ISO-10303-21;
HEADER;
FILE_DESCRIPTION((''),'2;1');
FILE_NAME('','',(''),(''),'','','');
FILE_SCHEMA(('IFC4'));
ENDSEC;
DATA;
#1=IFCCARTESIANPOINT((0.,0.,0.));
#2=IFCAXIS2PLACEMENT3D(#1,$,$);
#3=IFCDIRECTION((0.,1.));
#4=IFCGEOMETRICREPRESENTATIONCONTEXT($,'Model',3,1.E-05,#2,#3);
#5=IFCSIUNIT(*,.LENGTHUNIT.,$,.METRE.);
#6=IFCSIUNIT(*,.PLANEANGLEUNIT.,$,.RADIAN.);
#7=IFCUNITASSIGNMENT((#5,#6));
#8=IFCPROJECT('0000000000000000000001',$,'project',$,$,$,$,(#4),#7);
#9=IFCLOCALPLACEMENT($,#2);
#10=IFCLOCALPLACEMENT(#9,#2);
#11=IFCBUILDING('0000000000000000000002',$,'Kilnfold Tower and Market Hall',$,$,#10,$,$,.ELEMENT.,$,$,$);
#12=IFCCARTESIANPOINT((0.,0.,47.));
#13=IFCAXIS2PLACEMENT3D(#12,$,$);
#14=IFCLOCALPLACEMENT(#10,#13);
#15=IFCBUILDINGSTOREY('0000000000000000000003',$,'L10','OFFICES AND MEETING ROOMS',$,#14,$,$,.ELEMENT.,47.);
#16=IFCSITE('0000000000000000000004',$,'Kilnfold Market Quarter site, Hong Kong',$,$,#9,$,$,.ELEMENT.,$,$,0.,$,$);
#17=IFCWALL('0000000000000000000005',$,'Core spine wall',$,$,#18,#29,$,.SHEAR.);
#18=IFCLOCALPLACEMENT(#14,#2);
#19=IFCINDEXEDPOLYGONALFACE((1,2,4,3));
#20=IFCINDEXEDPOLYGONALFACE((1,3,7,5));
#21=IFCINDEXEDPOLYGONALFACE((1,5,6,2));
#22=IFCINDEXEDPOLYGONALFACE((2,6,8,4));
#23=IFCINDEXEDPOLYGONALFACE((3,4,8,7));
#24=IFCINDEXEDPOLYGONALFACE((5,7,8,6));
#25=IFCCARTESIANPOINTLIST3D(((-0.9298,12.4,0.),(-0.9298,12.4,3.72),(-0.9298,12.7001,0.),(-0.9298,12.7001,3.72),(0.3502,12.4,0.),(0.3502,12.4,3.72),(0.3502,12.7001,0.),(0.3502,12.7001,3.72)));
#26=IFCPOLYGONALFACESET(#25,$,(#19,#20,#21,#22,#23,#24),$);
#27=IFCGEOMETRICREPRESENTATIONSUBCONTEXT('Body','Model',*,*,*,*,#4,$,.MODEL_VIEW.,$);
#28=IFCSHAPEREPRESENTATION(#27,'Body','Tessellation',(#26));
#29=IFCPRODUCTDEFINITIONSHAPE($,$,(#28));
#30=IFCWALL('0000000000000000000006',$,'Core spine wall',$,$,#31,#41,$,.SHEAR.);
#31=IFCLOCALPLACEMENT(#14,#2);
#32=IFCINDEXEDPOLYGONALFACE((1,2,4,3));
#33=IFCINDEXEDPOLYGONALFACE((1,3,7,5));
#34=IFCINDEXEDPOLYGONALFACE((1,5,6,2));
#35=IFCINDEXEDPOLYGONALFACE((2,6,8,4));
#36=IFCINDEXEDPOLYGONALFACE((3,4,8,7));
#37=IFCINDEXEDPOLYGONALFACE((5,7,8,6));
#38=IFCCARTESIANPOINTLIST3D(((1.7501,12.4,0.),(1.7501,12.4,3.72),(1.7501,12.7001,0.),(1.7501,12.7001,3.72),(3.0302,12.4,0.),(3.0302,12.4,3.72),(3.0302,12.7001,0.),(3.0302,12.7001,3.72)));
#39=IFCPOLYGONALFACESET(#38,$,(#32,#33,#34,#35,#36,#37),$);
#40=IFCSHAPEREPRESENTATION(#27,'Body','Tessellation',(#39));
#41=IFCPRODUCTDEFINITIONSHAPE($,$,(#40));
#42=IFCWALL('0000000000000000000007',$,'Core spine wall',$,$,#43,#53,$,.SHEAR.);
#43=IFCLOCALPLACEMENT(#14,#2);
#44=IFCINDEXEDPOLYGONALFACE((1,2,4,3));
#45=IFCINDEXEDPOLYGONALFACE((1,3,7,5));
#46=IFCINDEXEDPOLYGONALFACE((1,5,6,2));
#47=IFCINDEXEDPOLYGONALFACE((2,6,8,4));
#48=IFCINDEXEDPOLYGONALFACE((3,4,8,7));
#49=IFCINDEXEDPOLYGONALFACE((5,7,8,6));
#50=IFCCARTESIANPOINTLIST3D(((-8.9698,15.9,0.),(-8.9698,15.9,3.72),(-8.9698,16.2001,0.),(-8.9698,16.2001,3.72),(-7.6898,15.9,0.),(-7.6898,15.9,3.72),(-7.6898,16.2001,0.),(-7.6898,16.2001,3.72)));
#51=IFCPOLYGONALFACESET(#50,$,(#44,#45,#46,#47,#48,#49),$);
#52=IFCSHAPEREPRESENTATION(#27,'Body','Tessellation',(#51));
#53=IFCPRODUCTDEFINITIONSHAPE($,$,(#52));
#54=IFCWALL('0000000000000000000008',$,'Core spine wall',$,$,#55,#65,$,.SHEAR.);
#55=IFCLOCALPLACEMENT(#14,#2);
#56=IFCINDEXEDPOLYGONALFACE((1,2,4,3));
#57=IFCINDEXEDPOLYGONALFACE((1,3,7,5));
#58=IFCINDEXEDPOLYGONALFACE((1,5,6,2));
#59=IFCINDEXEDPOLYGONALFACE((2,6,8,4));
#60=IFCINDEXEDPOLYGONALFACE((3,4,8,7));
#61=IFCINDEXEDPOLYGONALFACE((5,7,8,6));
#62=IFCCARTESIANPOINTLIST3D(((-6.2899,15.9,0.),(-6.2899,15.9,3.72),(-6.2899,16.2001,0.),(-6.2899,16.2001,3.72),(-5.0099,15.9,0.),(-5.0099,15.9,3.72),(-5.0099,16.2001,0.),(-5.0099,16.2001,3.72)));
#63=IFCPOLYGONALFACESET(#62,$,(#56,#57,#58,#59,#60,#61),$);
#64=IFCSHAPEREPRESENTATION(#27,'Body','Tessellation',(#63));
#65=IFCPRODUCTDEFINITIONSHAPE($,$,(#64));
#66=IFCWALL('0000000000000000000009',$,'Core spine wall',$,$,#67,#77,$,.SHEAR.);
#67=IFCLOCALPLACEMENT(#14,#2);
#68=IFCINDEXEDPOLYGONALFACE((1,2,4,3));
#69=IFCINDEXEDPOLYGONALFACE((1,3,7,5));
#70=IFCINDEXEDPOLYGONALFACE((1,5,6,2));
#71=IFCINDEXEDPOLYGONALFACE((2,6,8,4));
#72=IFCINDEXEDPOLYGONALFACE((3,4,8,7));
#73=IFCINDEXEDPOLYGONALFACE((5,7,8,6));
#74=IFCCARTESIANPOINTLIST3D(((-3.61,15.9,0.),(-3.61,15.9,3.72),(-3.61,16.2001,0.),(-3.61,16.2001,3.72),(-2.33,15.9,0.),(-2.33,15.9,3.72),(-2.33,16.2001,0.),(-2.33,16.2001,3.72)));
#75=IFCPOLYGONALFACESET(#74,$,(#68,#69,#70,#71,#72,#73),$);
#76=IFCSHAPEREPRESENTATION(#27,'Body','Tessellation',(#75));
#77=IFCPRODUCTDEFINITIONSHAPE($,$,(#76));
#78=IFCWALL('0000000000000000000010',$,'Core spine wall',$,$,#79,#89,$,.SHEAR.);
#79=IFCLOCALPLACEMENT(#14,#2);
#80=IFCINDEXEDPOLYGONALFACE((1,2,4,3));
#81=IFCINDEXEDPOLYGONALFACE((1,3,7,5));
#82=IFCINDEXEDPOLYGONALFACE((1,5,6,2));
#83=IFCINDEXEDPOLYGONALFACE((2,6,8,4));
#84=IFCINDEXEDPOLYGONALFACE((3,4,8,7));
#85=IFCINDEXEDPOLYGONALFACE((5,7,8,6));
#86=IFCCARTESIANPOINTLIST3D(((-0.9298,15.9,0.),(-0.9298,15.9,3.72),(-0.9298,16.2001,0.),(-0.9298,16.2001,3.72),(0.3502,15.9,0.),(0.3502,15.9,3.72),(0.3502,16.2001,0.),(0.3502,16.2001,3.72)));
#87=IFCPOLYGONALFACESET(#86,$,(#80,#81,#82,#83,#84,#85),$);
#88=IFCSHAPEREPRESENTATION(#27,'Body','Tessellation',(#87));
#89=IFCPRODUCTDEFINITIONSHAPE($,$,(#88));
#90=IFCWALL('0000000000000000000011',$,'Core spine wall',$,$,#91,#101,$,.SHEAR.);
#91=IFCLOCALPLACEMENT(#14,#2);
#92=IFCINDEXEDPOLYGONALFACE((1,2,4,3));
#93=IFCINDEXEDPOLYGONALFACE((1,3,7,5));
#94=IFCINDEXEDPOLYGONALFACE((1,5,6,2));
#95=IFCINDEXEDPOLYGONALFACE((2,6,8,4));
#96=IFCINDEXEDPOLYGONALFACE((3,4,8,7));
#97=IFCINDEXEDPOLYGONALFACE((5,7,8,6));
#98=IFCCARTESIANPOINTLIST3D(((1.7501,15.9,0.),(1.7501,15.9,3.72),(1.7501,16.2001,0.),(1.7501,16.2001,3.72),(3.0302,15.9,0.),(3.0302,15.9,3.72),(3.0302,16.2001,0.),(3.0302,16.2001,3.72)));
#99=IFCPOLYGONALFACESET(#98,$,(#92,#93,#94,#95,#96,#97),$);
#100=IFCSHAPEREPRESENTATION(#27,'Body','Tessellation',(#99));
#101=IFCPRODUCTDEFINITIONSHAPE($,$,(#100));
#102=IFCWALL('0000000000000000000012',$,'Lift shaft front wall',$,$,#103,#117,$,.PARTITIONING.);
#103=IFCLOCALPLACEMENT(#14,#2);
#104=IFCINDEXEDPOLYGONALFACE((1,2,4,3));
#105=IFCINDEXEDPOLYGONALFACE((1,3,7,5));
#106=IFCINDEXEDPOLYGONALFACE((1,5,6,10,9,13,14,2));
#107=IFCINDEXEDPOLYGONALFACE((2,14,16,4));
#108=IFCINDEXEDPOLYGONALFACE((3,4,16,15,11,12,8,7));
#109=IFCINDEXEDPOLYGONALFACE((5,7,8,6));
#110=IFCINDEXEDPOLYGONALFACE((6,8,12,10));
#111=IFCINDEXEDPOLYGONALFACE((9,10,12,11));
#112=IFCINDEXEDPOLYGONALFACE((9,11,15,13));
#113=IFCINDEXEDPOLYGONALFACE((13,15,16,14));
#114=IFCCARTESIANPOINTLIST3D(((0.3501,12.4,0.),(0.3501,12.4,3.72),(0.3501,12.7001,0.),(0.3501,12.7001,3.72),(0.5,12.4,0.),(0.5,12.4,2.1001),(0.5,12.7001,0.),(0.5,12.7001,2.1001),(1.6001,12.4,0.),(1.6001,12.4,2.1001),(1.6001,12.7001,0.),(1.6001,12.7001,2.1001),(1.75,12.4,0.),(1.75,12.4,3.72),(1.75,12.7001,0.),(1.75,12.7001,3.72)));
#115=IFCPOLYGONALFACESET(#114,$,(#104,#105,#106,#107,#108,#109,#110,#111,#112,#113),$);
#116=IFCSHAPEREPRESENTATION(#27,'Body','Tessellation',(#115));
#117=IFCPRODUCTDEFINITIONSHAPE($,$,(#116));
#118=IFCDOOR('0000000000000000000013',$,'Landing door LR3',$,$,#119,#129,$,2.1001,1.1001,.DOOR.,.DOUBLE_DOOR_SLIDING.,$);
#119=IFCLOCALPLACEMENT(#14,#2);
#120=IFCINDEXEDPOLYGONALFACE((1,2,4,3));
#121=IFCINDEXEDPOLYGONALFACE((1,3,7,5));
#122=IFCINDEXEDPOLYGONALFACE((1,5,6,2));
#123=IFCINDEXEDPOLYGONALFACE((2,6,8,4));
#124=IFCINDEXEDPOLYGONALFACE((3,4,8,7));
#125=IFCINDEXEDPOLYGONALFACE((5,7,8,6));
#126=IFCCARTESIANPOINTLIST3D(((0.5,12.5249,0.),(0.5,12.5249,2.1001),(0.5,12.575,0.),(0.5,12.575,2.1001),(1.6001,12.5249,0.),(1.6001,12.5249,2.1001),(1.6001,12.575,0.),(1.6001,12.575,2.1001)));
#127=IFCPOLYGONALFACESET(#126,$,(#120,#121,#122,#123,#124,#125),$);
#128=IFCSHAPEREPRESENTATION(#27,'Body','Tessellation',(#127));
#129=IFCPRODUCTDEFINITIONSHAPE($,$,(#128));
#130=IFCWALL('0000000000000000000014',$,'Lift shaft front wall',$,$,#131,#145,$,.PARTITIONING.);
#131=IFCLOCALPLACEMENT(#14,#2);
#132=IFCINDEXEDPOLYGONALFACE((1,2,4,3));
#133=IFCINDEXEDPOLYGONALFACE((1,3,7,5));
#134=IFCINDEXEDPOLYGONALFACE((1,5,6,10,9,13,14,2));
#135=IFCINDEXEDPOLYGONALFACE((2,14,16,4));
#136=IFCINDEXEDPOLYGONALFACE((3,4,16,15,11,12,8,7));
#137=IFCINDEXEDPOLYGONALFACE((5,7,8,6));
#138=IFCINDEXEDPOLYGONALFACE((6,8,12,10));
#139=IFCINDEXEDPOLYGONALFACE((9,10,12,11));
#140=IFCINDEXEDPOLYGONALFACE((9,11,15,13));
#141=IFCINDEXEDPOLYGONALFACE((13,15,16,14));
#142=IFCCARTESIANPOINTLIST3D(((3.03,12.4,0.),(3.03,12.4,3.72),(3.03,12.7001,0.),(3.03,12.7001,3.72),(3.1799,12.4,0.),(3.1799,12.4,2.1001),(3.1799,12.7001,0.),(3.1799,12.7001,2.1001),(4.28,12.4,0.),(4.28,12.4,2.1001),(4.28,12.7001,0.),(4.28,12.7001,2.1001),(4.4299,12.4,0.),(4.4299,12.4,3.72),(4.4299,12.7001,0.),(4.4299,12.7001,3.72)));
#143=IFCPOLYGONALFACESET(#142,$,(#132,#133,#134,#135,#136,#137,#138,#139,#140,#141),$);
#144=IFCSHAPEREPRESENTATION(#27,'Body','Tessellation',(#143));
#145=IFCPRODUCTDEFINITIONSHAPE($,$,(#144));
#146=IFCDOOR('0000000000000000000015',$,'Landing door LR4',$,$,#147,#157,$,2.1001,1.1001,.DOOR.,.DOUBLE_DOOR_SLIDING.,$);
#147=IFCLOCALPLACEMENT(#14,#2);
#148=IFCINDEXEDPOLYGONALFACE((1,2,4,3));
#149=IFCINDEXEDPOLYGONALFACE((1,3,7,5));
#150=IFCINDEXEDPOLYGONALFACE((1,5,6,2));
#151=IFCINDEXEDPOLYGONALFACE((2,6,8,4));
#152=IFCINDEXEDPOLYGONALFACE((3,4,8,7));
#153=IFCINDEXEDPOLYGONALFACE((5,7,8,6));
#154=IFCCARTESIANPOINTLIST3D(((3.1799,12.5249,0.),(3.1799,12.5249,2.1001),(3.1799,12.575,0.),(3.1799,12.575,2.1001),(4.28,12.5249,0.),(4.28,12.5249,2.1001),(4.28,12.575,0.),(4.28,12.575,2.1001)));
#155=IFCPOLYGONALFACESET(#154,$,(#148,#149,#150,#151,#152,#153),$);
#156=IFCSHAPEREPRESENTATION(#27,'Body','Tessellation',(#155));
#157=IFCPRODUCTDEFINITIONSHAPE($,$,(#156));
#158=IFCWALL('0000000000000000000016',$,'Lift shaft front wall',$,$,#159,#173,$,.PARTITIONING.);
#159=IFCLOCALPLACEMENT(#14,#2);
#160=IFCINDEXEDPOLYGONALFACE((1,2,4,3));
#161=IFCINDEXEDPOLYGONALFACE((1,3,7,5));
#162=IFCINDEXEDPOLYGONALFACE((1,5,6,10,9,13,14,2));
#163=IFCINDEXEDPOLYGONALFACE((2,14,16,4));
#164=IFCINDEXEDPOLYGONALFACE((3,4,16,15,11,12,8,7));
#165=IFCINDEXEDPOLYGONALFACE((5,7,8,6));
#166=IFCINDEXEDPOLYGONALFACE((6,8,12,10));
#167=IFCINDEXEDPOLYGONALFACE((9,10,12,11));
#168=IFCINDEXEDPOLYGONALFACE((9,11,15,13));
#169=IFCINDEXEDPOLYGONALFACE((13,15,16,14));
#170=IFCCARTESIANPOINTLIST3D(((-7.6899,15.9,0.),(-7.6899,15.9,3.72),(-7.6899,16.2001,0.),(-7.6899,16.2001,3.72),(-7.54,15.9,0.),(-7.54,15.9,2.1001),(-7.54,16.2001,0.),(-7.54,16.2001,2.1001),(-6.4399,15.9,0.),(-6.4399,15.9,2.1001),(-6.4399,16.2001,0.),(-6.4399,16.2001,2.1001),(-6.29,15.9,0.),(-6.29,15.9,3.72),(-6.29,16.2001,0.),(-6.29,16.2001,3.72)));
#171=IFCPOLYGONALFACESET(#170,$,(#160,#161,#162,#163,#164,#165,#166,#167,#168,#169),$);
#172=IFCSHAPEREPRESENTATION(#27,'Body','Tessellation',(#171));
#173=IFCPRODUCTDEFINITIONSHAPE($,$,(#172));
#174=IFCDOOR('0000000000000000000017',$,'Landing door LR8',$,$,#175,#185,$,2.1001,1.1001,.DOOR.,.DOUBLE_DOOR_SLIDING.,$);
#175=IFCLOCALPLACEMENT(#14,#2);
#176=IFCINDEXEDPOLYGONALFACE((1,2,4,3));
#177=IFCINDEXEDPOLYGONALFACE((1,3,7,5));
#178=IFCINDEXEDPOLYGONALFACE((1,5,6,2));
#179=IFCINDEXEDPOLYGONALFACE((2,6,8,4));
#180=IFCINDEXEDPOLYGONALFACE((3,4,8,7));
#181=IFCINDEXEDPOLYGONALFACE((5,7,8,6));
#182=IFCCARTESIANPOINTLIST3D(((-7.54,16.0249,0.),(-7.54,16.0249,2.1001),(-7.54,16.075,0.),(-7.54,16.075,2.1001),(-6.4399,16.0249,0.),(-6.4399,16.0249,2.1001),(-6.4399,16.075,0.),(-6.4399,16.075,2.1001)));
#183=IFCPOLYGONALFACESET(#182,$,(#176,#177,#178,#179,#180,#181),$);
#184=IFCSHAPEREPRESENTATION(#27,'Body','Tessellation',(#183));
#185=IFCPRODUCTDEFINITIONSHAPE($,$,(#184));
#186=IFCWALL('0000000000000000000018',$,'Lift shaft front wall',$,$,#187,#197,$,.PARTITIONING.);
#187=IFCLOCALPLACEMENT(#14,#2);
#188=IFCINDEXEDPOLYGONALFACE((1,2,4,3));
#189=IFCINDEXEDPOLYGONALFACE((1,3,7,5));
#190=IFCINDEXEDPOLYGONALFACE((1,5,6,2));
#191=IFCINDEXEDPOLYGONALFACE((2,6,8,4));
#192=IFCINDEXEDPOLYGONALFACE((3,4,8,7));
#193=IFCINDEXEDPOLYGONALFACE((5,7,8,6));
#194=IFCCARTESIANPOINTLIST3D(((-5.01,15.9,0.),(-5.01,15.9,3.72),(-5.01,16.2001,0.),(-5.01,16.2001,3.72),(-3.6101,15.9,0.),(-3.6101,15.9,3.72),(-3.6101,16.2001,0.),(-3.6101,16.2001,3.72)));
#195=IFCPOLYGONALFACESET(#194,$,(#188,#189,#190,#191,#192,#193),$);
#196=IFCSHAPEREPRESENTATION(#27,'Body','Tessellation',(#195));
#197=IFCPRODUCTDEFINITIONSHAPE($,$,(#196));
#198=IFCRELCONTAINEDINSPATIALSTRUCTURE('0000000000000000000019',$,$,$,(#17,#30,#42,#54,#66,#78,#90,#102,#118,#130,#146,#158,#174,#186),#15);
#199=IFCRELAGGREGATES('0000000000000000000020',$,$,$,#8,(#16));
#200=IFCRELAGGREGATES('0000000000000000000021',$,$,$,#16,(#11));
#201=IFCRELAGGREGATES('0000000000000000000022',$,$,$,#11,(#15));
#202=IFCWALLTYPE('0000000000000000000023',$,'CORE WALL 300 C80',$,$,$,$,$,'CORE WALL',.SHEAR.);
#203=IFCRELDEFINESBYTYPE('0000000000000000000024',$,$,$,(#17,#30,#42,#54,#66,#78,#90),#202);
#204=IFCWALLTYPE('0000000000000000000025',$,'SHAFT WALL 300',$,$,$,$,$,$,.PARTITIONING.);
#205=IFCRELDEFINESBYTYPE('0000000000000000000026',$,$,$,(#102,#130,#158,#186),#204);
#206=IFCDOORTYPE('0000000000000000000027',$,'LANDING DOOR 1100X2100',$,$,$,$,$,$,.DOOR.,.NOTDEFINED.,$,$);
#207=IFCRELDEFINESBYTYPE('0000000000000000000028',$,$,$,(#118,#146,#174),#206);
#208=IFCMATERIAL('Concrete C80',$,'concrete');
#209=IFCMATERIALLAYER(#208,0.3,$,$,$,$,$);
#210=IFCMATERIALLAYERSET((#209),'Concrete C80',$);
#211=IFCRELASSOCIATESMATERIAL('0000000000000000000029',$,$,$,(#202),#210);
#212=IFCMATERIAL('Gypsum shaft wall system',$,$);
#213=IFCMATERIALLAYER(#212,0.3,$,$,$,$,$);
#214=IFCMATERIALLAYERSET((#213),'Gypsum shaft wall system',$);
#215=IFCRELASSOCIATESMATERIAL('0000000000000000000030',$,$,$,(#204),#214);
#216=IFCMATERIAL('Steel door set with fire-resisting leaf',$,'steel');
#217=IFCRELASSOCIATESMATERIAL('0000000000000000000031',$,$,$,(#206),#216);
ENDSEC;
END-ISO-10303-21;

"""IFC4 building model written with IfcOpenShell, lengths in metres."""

from ifc_helpers import new_model, si_unit, direction, frame, frame_2d, origin, place, context, subcontext, project, spatial, rectangle, extrude, source, transform, mapped, material, layer, layer_set, type_object, element, fill, save


model = new_model("IFC4")

# Units and contexts
model_context = context("Model", 3, precision=1e-05, world=origin(), true_north=direction((0.0, 1.0)))
body_context = subcontext(model_context, "Body", "Model", "MODEL_VIEW")
ifc_project = project(units=[si_unit("LENGTHUNIT", "METRE"), si_unit("PLANEANGLEUNIT", "RADIAN")], contexts=[model_context])

# Site, building, storey
site_placement = place(None, origin())
site = spatial("IfcSite", under=ifc_project, at=site_placement, Name="Kilnfold Market Quarter site, Hong Kong", CompositionType="ELEMENT", RefElevation=0.0)
building_placement = place(site_placement, origin())
building = spatial("IfcBuilding", under=site, at=building_placement, Name="Kilnfold Tower and Market Hall", CompositionType="ELEMENT")
storey_placement = place(building_placement, frame((0.0, 0.0, 47.0)))
storey = spatial("IfcBuildingStorey", under=building, at=storey_placement, Name="L10", Description="OFFICES AND MEETING ROOMS", CompositionType="ELEMENT", Elevation=47.0)

# Walls
ifc_material_1 = material(Name="Concrete C80", Category="concrete")
ifc_layer_1 = layer(ifc_material_1, 0.3)
ifc_layer_set_1 = layer_set([ifc_layer_1], Name="Concrete C80")
wall_type_1 = type_object("IfcWallType", Name="CORE WALL 300 C80", ElementType="CORE WALL", PredefinedType="SHEAR", material=ifc_layer_set_1)
shared_shape_1 = source(origin(), body_context, "Body", "SweptSolid", [
    extrude(rectangle(XDim=1.28, YDim=0.3, at=frame_2d((0.6401, 0.0))), origin(), (0.0, 0.0, 1.0), 3.72),
])
for number, where, z_axis, x_axis, name in (
    (1, (-0.9299, 12.55, 0.0), (0.0, 0.0, 1.0), (1.0, 0.0, 0.0), "Core spine wall"),
    (2, (1.75, 12.55, 0.0), (0.0, 0.0, 1.0), (1.0, 0.0, 0.0), "Core spine wall"),
    (3, (-8.97, 16.05, 0.0), (0.0, 0.0, 1.0), (1.0, 0.0, 0.0), "Core spine wall"),
    (4, (-6.29, 16.05, 0.0), (0.0, 0.0, 1.0), (1.0, 0.0, 0.0), "Core spine wall"),
    (5, (-3.6101, 16.05, 0.0), (0.0, 0.0, 1.0), (1.0, 0.0, 0.0), "Core spine wall"),
    (6, (-0.9299, 16.05, 0.0), (0.0, 0.0, 1.0), (1.0, 0.0, 0.0), "Core spine wall"),
    (7, (1.75, 16.05, 0.0), (0.0, 0.0, 1.0), (1.0, 0.0, 0.0), "Core spine wall"),
):
    element("IfcWall", number, at=place(storey_placement, frame(where, z_axis=z_axis, x_axis=x_axis)), inside=storey, type_object=wall_type_1, Name=name, PredefinedType="SHEAR", context=body_context, shape_type="MappedRepresentation", body=[
        mapped(shared_shape_1, transform((0.0, 0.0, 0.0))),
    ])

# Walls, openings, doors
ifc_material_2 = material(Name="Gypsum shaft wall system")
ifc_layer_2 = layer(ifc_material_2, 0.3)
ifc_layer_set_2 = layer_set([ifc_layer_2], Name="Gypsum shaft wall system")
wall_type_2 = type_object("IfcWallType", Name="SHAFT WALL 300", PredefinedType="PARTITIONING", material=ifc_layer_set_2)
shared_shape_2 = source(origin(), body_context, "Body", "SweptSolid", [
    extrude(rectangle(XDim=1.3999, YDim=0.3, at=frame_2d((0.7, 0.0))), origin(), (0.0, 0.0, 1.0), 3.72),
])
wall_1_placement = place(storey_placement, frame((0.3501, 12.55, 0.0), z_axis=(0.0, 0.0, 1.0), x_axis=(1.0, 0.0, 0.0)))
wall_1 = element("IfcWall", 8, at=wall_1_placement, inside=storey, type_object=wall_type_2, Name="Lift shaft front wall", PredefinedType="PARTITIONING", context=body_context, shape_type="MappedRepresentation", body=[
    mapped(shared_shape_2, transform((0.0, 0.0, 0.0))),
])
opening_1_placement = place(wall_1_placement, frame((0.1499, 0.0, 0.0)))
opening_1 = element("IfcOpeningElement", 9, at=opening_1_placement, cuts=wall_1, PredefinedType="OPENING", context=body_context, shape_type="SweptSolid", body=[
    extrude(rectangle(XDim=1.1001, YDim=2.1001, at=frame_2d((0.55, 1.05))), frame((0.0, 0.1602, 0.0), z_axis=(0.0, -1.0, 0.0), x_axis=(1.0, 0.0, 0.0)), (0.0, 0.0, 1.0), 0.3201),
])
ifc_material_3 = material(Name="Steel door set with fire-resisting leaf", Category="steel")
door_type = type_object("IfcDoorType", Name="LANDING DOOR 1100X2100", OperationType="NOTDEFINED", PredefinedType="DOOR", material=ifc_material_3)
door_1_placement = place(opening_1_placement, origin())
door_1 = element("IfcDoor", 10, at=door_1_placement, inside=storey, type_object=door_type, Name="Landing door LR3", OperationType="DOUBLE_DOOR_SLIDING", OverallHeight=2.1001, OverallWidth=1.1001, PredefinedType="DOOR", context=body_context, shape_type="SweptSolid", body=[
    extrude(rectangle(XDim=1.1001, YDim=2.1001, at=frame_2d((0.55, 1.05))), frame((0.0, 0.0249, 0.0), z_axis=(0.0, -1.0, 0.0), x_axis=(1.0, 0.0, 0.0)), (0.0, 0.0, 1.0), 0.05),
])
fill(opening_1, door_1)
wall_2_placement = place(storey_placement, frame((3.03, 12.55, 0.0), z_axis=(0.0, 0.0, 1.0), x_axis=(1.0, 0.0, 0.0)))
wall_2 = element("IfcWall", 11, at=wall_2_placement, inside=storey, type_object=wall_type_2, Name="Lift shaft front wall", PredefinedType="PARTITIONING", context=body_context, shape_type="MappedRepresentation", body=[
    mapped(shared_shape_2, transform((0.0, 0.0, 0.0))),
])
opening_2_placement = place(wall_2_placement, frame((0.1499, 0.0, 0.0)))
opening_2 = element("IfcOpeningElement", 12, at=opening_2_placement, cuts=wall_2, PredefinedType="OPENING", context=body_context, shape_type="SweptSolid", body=[
    extrude(rectangle(XDim=1.1001, YDim=2.1001, at=frame_2d((0.55, 1.05))), frame((0.0, 0.1602, 0.0), z_axis=(0.0, -1.0, 0.0), x_axis=(1.0, 0.0, 0.0)), (0.0, 0.0, 1.0), 0.3201),
])
door_2_placement = place(opening_2_placement, origin())
door_2 = element("IfcDoor", 13, at=door_2_placement, inside=storey, type_object=door_type, Name="Landing door LR4", OperationType="DOUBLE_DOOR_SLIDING", OverallHeight=2.1001, OverallWidth=1.1001, PredefinedType="DOOR", context=body_context, shape_type="SweptSolid", body=[
    extrude(rectangle(XDim=1.1001, YDim=2.1001, at=frame_2d((0.55, 1.05))), frame((0.0, 0.0249, 0.0), z_axis=(0.0, -1.0, 0.0), x_axis=(1.0, 0.0, 0.0)), (0.0, 0.0, 1.0), 0.05),
])
fill(opening_2, door_2)
wall_3_placement = place(storey_placement, frame((-7.6899, 16.05, 0.0), z_axis=(0.0, 0.0, 1.0), x_axis=(1.0, 0.0, 0.0)))
wall_3 = element("IfcWall", 14, at=wall_3_placement, inside=storey, type_object=wall_type_2, Name="Lift shaft front wall", PredefinedType="PARTITIONING", context=body_context, shape_type="MappedRepresentation", body=[
    mapped(shared_shape_2, transform((0.0, 0.0, 0.0))),
])
opening_3_placement = place(wall_3_placement, frame((0.1499, 0.0, 0.0)))
opening_3 = element("IfcOpeningElement", 15, at=opening_3_placement, cuts=wall_3, PredefinedType="OPENING", context=body_context, shape_type="SweptSolid", body=[
    extrude(rectangle(XDim=1.1001, YDim=2.1001, at=frame_2d((0.55, 1.05))), frame((0.0, 0.1602, 0.0), z_axis=(0.0, -1.0, 0.0), x_axis=(1.0, 0.0, 0.0)), (0.0, 0.0, 1.0), 0.3201),
])
door_3_placement = place(opening_3_placement, origin())
door_3 = element("IfcDoor", 16, at=door_3_placement, inside=storey, type_object=door_type, Name="Landing door LR8", OperationType="DOUBLE_DOOR_SLIDING", OverallHeight=2.1001, OverallWidth=1.1001, PredefinedType="DOOR", context=body_context, shape_type="SweptSolid", body=[
    extrude(rectangle(XDim=1.1001, YDim=2.1001, at=frame_2d((0.55, 1.05))), frame((0.0, 0.0249, 0.0), z_axis=(0.0, -1.0, 0.0), x_axis=(1.0, 0.0, 0.0)), (0.0, 0.0, 1.0), 0.05),
])
fill(opening_3, door_3)

# Wall
for number, where, z_axis, x_axis, name in (
    (17, (-5.01, 16.05, 0.0), (0.0, 0.0, 1.0), (1.0, 0.0, 0.0), "Lift shaft front wall"),
):
    element("IfcWall", number, at=place(storey_placement, frame(where, z_axis=z_axis, x_axis=x_axis)), inside=storey, type_object=wall_type_2, Name=name, PredefinedType="PARTITIONING", context=body_context, shape_type="MappedRepresentation", body=[
        mapped(shared_shape_2, transform((0.0, 0.0, 0.0))),
    ])

save(model, "model.ifc")
